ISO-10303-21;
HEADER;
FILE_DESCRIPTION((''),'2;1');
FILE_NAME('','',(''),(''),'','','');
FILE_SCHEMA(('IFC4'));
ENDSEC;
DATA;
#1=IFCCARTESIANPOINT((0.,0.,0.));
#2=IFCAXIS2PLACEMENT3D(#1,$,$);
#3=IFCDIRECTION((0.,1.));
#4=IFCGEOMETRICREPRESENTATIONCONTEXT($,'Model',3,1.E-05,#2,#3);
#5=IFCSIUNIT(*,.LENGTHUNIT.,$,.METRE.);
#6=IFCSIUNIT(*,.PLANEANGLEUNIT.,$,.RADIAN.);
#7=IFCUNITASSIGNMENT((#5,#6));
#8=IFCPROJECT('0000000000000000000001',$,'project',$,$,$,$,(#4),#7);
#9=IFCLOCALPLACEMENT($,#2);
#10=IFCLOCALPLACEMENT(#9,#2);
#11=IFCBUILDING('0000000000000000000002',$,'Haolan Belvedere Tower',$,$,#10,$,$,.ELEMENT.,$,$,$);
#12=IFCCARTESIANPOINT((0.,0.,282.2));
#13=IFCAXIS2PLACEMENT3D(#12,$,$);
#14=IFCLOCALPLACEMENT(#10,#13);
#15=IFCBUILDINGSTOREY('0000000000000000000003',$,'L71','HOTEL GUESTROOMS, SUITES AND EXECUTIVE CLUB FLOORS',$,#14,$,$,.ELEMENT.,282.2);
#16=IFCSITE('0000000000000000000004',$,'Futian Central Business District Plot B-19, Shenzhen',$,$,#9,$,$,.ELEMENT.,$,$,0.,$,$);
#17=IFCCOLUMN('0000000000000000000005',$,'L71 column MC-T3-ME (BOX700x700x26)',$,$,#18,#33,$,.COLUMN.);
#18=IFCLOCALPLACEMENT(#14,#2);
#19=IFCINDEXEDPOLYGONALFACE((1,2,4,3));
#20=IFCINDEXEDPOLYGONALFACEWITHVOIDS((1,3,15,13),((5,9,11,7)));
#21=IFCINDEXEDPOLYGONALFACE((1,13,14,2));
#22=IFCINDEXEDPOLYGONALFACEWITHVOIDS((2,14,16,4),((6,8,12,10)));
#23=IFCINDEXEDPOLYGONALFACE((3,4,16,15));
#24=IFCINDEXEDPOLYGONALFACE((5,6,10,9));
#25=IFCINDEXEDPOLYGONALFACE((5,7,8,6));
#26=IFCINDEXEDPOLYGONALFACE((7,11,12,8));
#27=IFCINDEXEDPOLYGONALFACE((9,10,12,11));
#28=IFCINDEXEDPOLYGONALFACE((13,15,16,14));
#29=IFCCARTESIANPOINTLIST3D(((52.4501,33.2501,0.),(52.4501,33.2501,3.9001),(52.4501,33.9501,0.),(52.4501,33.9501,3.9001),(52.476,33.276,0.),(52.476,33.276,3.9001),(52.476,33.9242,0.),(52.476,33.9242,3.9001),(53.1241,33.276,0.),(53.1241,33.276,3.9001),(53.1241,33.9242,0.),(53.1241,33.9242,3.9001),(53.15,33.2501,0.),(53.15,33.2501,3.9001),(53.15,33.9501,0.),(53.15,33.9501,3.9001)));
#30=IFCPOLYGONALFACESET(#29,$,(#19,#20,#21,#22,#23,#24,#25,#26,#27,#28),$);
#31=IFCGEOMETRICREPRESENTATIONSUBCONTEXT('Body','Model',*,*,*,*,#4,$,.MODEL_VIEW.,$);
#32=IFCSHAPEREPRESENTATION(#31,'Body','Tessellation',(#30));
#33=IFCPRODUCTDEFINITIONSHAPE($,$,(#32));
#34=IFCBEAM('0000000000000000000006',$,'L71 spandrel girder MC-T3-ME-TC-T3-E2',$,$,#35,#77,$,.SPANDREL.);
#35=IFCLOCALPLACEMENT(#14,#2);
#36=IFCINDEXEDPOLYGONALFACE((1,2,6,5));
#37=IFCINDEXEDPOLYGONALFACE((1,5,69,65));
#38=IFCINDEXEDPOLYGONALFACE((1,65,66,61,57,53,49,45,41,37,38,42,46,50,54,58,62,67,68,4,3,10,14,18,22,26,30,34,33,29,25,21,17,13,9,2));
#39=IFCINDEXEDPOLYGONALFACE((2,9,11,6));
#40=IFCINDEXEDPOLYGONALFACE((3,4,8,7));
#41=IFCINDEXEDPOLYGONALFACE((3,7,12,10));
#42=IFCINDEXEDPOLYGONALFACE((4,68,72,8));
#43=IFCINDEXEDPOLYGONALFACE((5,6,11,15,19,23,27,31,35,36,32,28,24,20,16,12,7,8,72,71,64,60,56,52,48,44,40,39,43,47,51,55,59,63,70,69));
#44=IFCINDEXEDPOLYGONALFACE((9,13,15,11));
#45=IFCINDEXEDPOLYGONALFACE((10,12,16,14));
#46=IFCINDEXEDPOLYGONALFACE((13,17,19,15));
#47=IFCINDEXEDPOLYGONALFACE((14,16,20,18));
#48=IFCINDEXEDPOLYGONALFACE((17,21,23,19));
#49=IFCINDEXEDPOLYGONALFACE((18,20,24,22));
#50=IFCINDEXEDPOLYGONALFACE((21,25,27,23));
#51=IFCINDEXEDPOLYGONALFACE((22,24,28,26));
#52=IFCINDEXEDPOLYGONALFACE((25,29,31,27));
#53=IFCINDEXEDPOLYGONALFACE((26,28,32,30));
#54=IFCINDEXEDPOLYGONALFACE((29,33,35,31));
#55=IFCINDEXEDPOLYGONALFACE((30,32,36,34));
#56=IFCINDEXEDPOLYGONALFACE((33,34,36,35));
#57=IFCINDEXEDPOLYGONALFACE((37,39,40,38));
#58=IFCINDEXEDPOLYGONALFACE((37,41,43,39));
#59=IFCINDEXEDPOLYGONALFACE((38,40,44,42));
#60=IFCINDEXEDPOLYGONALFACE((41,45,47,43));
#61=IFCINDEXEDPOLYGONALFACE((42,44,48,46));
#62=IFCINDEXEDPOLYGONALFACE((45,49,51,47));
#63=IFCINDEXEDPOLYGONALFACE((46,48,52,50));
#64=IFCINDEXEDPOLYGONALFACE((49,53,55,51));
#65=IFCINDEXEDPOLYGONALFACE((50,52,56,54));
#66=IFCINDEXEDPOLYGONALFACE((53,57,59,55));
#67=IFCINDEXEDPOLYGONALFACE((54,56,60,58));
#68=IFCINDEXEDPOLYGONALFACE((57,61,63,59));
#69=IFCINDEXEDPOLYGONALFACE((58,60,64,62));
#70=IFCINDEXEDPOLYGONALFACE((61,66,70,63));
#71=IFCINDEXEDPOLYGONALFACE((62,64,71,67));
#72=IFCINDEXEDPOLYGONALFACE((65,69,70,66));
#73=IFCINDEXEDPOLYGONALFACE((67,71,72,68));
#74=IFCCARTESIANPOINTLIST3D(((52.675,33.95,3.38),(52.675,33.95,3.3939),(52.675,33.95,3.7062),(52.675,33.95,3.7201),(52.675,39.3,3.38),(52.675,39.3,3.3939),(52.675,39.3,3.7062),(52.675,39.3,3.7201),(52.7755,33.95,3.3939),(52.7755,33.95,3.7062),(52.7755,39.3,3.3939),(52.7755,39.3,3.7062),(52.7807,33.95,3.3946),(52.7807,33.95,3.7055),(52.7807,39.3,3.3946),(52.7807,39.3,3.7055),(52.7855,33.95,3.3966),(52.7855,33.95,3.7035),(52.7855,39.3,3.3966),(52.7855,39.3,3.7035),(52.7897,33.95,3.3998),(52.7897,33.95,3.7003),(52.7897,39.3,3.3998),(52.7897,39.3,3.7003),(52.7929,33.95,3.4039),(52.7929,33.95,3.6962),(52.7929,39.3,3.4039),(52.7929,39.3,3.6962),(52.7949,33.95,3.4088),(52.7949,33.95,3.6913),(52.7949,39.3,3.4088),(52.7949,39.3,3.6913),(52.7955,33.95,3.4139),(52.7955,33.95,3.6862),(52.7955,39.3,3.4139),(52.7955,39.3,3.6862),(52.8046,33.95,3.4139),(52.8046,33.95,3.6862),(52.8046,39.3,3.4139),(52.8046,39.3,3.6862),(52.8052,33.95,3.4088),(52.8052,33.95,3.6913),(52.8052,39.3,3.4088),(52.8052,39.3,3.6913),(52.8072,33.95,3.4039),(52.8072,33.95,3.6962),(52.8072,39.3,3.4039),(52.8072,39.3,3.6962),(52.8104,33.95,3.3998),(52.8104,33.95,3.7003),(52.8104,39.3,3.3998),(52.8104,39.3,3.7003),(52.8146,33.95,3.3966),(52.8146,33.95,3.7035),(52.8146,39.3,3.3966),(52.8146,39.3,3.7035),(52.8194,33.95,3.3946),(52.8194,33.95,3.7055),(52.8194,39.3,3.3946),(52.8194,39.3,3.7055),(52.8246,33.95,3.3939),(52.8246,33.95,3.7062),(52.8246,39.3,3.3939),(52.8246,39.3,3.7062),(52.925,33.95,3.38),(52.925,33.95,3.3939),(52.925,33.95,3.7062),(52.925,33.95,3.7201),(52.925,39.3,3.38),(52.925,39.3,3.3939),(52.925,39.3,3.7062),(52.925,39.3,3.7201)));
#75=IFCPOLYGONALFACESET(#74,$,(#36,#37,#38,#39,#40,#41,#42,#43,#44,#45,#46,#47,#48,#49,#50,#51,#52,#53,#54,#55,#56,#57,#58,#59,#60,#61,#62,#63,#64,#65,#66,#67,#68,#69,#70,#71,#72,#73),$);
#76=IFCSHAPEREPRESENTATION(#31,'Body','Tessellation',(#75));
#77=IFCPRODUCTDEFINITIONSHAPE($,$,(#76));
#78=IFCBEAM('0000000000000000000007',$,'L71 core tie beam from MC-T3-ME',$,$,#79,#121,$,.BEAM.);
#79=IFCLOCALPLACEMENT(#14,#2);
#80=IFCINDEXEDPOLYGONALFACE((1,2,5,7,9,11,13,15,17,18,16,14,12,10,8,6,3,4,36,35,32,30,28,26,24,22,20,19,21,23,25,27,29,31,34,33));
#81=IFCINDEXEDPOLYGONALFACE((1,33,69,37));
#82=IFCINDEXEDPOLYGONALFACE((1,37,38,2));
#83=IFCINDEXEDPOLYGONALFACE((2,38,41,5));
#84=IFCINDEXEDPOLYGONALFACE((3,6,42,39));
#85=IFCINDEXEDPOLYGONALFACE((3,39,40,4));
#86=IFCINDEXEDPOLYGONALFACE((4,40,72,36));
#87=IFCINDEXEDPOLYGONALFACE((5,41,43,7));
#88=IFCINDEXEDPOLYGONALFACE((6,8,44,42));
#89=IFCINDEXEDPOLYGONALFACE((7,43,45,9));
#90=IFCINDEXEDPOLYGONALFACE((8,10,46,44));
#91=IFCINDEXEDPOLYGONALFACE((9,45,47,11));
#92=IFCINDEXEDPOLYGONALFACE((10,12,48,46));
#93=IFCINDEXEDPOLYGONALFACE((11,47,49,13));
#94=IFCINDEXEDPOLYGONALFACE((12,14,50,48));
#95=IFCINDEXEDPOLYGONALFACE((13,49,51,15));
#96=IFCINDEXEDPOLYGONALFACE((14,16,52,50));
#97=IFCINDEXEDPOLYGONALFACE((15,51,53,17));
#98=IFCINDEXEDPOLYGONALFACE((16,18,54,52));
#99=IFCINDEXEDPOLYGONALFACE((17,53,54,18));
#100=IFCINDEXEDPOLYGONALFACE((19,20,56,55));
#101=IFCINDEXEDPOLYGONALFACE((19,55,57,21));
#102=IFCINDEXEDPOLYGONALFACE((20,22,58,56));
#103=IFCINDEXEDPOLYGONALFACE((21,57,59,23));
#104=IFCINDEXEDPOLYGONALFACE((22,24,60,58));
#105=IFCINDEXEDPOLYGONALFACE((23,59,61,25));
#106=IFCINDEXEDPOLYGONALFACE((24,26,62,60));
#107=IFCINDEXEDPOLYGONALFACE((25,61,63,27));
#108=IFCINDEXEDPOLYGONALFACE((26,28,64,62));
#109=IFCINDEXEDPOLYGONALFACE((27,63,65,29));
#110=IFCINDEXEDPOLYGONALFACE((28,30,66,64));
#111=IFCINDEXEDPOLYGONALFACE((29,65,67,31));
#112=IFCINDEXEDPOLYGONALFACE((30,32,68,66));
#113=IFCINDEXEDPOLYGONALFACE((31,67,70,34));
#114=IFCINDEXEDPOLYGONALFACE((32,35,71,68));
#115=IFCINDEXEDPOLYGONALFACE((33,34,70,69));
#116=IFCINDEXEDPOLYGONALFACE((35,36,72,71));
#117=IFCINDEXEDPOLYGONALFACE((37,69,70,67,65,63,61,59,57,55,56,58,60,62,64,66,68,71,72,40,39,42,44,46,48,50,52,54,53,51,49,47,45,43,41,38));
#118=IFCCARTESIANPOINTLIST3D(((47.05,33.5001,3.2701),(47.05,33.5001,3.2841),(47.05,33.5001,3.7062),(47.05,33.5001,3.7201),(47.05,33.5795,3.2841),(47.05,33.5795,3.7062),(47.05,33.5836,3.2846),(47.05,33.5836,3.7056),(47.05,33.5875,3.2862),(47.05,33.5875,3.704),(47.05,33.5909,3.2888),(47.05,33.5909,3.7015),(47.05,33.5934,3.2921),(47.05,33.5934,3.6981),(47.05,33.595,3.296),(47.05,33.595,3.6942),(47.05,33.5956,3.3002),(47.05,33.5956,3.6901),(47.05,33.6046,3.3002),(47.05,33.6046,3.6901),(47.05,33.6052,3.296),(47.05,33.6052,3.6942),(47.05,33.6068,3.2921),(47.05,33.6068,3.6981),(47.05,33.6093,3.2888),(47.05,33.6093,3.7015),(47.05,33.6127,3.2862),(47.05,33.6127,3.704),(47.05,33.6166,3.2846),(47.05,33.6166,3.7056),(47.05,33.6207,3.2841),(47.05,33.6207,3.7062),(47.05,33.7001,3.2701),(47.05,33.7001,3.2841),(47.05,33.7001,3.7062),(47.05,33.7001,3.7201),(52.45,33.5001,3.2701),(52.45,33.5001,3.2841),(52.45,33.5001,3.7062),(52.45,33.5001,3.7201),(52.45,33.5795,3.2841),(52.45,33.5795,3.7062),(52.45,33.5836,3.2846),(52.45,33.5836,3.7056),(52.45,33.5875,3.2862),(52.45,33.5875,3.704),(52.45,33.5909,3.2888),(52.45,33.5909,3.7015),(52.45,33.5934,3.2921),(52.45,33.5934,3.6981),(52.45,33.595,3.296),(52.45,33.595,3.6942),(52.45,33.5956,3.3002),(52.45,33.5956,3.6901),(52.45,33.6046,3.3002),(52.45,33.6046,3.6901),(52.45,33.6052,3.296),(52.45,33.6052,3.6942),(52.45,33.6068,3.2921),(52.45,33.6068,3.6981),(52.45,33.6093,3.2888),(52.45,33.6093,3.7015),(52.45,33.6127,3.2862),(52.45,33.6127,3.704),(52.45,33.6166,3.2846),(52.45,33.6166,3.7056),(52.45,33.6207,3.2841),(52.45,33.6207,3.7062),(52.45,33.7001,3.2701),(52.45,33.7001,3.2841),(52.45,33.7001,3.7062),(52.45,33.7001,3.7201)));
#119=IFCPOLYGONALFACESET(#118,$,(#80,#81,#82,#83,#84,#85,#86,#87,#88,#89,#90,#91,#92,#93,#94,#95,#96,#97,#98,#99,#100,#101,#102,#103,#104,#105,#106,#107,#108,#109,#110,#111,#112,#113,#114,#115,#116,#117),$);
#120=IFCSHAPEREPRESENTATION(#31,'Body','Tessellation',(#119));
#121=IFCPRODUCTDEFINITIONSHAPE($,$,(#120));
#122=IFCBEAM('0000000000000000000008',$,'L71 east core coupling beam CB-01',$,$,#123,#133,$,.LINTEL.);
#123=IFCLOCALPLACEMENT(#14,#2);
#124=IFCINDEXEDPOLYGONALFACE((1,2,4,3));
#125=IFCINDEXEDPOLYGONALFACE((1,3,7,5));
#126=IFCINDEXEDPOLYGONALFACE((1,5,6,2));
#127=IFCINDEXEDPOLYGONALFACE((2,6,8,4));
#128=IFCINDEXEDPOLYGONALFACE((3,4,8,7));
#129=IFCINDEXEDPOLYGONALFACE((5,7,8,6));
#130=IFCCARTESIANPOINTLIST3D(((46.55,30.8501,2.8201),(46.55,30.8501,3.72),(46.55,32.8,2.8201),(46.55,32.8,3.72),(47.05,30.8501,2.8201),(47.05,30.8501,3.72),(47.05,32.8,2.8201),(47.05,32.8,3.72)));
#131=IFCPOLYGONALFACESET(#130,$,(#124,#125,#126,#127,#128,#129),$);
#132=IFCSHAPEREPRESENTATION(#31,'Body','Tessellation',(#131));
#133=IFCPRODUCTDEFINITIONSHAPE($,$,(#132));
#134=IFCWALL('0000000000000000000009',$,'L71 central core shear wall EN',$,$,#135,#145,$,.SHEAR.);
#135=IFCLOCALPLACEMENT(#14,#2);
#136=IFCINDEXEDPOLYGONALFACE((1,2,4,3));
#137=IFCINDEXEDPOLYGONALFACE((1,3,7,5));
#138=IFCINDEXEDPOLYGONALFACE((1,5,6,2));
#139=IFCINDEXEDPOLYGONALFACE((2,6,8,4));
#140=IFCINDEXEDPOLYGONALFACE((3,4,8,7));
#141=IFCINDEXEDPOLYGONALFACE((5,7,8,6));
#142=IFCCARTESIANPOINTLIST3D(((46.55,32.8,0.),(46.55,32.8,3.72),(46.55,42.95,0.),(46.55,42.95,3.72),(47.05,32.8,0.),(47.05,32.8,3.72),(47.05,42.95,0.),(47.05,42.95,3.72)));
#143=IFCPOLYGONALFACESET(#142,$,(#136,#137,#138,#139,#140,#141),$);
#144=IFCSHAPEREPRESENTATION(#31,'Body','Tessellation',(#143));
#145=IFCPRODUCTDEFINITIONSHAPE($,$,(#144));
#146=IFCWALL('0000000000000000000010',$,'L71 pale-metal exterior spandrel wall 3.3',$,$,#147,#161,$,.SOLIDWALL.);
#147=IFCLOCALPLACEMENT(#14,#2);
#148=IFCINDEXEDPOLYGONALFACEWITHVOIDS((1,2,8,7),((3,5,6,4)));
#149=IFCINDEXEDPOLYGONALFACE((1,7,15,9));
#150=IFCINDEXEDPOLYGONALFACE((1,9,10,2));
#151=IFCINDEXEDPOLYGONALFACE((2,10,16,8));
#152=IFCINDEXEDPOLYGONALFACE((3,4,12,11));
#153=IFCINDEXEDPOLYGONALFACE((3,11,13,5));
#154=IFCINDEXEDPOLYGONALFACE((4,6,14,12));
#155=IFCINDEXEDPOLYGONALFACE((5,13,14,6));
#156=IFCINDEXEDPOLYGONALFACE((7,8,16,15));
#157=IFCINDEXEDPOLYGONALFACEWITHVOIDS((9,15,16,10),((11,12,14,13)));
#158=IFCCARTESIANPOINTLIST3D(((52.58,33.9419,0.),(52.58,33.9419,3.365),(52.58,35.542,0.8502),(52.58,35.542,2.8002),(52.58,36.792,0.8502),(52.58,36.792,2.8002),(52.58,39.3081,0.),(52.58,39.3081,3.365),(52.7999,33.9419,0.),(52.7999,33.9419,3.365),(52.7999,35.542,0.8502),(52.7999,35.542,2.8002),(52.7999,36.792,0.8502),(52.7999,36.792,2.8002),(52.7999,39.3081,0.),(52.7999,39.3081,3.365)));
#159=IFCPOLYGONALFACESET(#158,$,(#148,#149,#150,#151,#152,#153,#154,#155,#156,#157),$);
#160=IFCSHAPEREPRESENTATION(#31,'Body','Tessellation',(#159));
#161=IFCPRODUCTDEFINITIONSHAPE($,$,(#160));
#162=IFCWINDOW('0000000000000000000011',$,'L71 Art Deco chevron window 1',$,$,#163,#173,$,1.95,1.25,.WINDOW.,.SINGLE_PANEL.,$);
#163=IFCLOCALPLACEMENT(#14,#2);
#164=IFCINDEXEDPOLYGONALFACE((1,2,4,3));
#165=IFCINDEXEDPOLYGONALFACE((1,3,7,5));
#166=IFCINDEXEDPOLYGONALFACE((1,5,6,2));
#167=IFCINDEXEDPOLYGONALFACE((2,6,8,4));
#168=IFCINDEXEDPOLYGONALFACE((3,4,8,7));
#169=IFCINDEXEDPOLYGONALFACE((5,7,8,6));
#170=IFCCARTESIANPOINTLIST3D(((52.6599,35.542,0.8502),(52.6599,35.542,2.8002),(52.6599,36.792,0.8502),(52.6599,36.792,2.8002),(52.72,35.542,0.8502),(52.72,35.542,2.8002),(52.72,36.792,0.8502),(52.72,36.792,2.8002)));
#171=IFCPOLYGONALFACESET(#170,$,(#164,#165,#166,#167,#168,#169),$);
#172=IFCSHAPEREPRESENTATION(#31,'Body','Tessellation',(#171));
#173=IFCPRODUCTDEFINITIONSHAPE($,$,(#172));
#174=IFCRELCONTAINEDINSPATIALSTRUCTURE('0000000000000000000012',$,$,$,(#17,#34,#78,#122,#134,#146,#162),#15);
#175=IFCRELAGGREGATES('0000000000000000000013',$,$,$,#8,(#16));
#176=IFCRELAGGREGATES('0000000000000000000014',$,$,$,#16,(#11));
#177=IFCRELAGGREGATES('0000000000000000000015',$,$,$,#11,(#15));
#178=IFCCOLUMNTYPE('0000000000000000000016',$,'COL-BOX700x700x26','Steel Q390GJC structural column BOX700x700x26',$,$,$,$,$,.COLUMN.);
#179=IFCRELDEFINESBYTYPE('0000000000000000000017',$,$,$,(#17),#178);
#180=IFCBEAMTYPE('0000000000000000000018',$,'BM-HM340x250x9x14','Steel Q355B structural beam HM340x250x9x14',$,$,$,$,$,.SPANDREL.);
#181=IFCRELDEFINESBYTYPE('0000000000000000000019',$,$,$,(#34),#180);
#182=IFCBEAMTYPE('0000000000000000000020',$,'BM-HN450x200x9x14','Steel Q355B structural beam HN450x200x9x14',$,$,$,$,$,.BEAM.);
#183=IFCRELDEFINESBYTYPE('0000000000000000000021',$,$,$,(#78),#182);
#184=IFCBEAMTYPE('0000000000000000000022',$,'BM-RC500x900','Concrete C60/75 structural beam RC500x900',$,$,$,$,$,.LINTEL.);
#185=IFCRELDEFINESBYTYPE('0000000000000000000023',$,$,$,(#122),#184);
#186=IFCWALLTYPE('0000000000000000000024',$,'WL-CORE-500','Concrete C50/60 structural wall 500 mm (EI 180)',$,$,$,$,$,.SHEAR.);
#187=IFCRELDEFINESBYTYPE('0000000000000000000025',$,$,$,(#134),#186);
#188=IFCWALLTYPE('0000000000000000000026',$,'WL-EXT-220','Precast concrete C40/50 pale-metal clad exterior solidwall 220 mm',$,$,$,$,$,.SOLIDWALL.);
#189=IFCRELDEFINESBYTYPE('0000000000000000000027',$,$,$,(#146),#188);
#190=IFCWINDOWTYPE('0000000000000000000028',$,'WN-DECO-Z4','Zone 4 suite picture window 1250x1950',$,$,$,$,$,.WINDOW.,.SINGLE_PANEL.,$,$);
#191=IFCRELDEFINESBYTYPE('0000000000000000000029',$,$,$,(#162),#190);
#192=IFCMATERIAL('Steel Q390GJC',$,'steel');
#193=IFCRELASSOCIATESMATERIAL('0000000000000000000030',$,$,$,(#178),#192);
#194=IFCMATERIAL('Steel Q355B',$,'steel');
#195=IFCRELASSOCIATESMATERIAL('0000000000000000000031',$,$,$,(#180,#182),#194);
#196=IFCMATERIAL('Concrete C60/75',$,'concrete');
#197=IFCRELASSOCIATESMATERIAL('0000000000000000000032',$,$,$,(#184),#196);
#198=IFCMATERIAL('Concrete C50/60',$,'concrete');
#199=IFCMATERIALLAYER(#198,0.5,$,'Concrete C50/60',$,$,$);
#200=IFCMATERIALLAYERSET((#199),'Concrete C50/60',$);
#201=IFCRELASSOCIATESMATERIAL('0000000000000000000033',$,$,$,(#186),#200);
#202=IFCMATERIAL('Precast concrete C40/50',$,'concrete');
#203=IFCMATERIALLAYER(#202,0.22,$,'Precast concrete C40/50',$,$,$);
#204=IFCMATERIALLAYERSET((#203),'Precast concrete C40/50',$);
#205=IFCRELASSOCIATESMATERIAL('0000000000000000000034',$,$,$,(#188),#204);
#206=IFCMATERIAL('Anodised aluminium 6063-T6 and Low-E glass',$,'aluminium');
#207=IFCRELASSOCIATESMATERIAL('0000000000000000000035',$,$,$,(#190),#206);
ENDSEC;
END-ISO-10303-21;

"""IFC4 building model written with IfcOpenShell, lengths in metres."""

from ifc_helpers import new_model, si_unit, direction, frame, frame_2d, origin, origin_2d, place, context, subcontext, project, spatial, rectangle, hollow_rectangle, i_section, extrude, material, layer, layer_set, material_profile, profile_set, type_object, element, fill, save


model = new_model("IFC4")

# Units and contexts
model_context = context("Model", 3, precision=1e-05, world=origin(), true_north=direction((0.0, 1.0)))
body_context = subcontext(model_context, "Body", "Model", "MODEL_VIEW")
ifc_project = project(units=[si_unit("LENGTHUNIT", "METRE"), si_unit("PLANEANGLEUNIT", "RADIAN")], contexts=[model_context])

# Site, building, storey
site_placement = place(None, origin())
site = spatial("IfcSite", under=ifc_project, at=site_placement, Name="Futian Central Business District Plot B-19, Shenzhen", CompositionType="ELEMENT", RefElevation=0.0)
building_placement = place(site_placement, origin())
building = spatial("IfcBuilding", under=site, at=building_placement, Name="Haolan Belvedere Tower", CompositionType="ELEMENT")
storey_placement = place(building_placement, frame((0.0, 0.0, 282.2)))
storey = spatial("IfcBuildingStorey", under=building, at=storey_placement, Name="L71", Description="HOTEL GUESTROOMS, SUITES AND EXECUTIVE CLUB FLOORS", CompositionType="ELEMENT", Elevation=282.2)

# Column
ifc_material_1 = material(Name="Steel Q390GJC", Category="steel")
ifc_material_profile_1 = material_profile(ifc_material_1, hollow_rectangle(XDim=0.7, YDim=0.7, WallThickness=0.0259, at=origin_2d()), Name="Steel Q390GJC")
ifc_profile_set_1 = profile_set([ifc_material_profile_1], Name="Steel Q390GJC")
column_type = type_object("IfcColumnType", Name="COL-BOX700x700x26", Description="Steel Q390GJC structural column BOX700x700x26", PredefinedType="COLUMN", material=ifc_profile_set_1)
column_placement = place(storey_placement, frame((52.8, 33.6001, 0.0), z_axis=(0.0, 0.0, 1.0), x_axis=(1.0, 0.0, 0.0)))
element("IfcColumn", 1, at=column_placement, inside=storey, type_object=column_type, Name="L71 column MC-T3-ME (BOX700x700x26)", PredefinedType="COLUMN", context=body_context, shape_type="SweptSolid", body=[
    extrude(hollow_rectangle(XDim=0.7, YDim=0.7, WallThickness=0.0259, at=origin_2d()), origin(), (0.0, 0.0, 1.0), 3.9001),
])

# Beams
ifc_material_2 = material(Name="Steel Q355B", Category="steel")
ifc_material_profile_2 = material_profile(ifc_material_2, i_section(OverallWidth=0.25, OverallDepth=0.3401, WebThickness=0.009, FlangeThickness=0.0139, FilletRadius=0.02, at=origin_2d()), Name="Steel Q355B")
ifc_profile_set_2 = profile_set([ifc_material_profile_2], Name="Steel Q355B")
beam_type_1 = type_object("IfcBeamType", Name="BM-HM340x250x9x14", Description="Steel Q355B structural beam HM340x250x9x14", PredefinedType="SPANDREL", material=ifc_profile_set_2)
beam_1_placement = place(storey_placement, frame((52.8, 33.95, 3.55), z_axis=(0.0, 1.0, 0.0), x_axis=(-1.0, 0.0, 0.0)))
element("IfcBeam", 2, at=beam_1_placement, inside=storey, type_object=beam_type_1, Name="L71 spandrel girder MC-T3-ME-TC-T3-E2", PredefinedType="SPANDREL", context=body_context, shape_type="SweptSolid", body=[
    extrude(i_section(OverallWidth=0.25, OverallDepth=0.3401, WebThickness=0.009, FlangeThickness=0.0139, FilletRadius=0.02, at=origin_2d()), origin(), (0.0, 0.0, 1.0), 5.3501),
])
ifc_material_profile_3 = material_profile(ifc_material_2, i_section(OverallWidth=0.2, OverallDepth=0.45, WebThickness=0.009, FlangeThickness=0.0139, FilletRadius=0.0161, at=origin_2d()), Name="Steel Q355B")
ifc_profile_set_3 = profile_set([ifc_material_profile_3], Name="Steel Q355B")
beam_type_2 = type_object("IfcBeamType", Name="BM-HN450x200x9x14", Description="Steel Q355B structural beam HN450x200x9x14", PredefinedType="BEAM", material=ifc_profile_set_3)
beam_2_placement = place(storey_placement, frame((52.45, 33.6001, 3.4951), z_axis=(-1.0, 0.0, 0.0), x_axis=(0.0, -1.0, 0.0)))
element("IfcBeam", 3, at=beam_2_placement, inside=storey, type_object=beam_type_2, Name="L71 core tie beam from MC-T3-ME", PredefinedType="BEAM", context=body_context, shape_type="SweptSolid", body=[
    extrude(i_section(OverallWidth=0.2, OverallDepth=0.45, WebThickness=0.009, FlangeThickness=0.0139, FilletRadius=0.0161, at=origin_2d()), origin(), (0.0, 0.0, 1.0), 5.3999),
])
ifc_material_3 = material(Name="Concrete C60/75", Category="concrete")
ifc_material_profile_4 = material_profile(ifc_material_3, rectangle(XDim=0.5, YDim=0.8999, at=origin_2d()), Name="Concrete C60/75")
ifc_profile_set_4 = profile_set([ifc_material_profile_4], Name="Concrete C60/75")
beam_type_3 = type_object("IfcBeamType", Name="BM-RC500x900", Description="Concrete C60/75 structural beam RC500x900", PredefinedType="LINTEL", material=ifc_profile_set_4)
beam_3_placement = place(storey_placement, frame((46.8, 30.8501, 3.27), z_axis=(0.0, 1.0, 0.0), x_axis=(-1.0, 0.0, 0.0)))
element("IfcBeam", 4, at=beam_3_placement, inside=storey, type_object=beam_type_3, Name="L71 east core coupling beam CB-01", PredefinedType="LINTEL", context=body_context, shape_type="SweptSolid", body=[
    extrude(rectangle(XDim=0.5, YDim=0.8999, at=origin_2d()), origin(), (0.0, 0.0, 1.0), 1.95),
])

# Wall
ifc_material_4 = material(Name="Concrete C50/60", Category="concrete")
ifc_layer_1 = layer(ifc_material_4, 0.5, Name="Concrete C50/60")
ifc_layer_set_1 = layer_set([ifc_layer_1], Name="Concrete C50/60")
wall_type_1 = type_object("IfcWallType", Name="WL-CORE-500", Description="Concrete C50/60 structural wall 500 mm (EI 180)", PredefinedType="SHEAR", material=ifc_layer_set_1)
wall_1_placement = place(storey_placement, frame((46.8, 32.8, 0.0), z_axis=(0.0, 0.0, 1.0), x_axis=(0.0, 1.0, 0.0)))
element("IfcWall", 5, at=wall_1_placement, inside=storey, type_object=wall_type_1, Name="L71 central core shear wall EN", PredefinedType="SHEAR", context=body_context, shape_type="SweptSolid", body=[
    extrude(rectangle(XDim=10.1499, YDim=0.5, at=frame_2d((5.075, 0.0))), origin(), (0.0, 0.0, 1.0), 3.72),
])

# Wall, opening, window
ifc_material_5 = material(Name="Precast concrete C40/50", Category="concrete")
ifc_layer_2 = layer(ifc_material_5, 0.22, Name="Precast concrete C40/50")
ifc_layer_set_2 = layer_set([ifc_layer_2], Name="Precast concrete C40/50")
wall_type_2 = type_object("IfcWallType", Name="WL-EXT-220", Description="Precast concrete C40/50 pale-metal clad exterior solidwall 220 mm", PredefinedType="SOLIDWALL", material=ifc_layer_set_2)
wall_2_placement = place(storey_placement, frame((52.6899, 33.9419, 0.0), z_axis=(0.0, 0.0, 1.0), x_axis=(0.0, 1.0, 0.0)))
wall_2 = element("IfcWall", 6, at=wall_2_placement, inside=storey, type_object=wall_type_2, Name="L71 pale-metal exterior spandrel wall 3.3", PredefinedType="SOLIDWALL", context=body_context, shape_type="SweptSolid", body=[
    extrude(rectangle(XDim=5.3662, YDim=0.22, at=frame_2d((2.6831, 0.0))), origin(), (0.0, 0.0, 1.0), 3.365),
])
opening_1_placement = place(wall_2_placement, frame((1.6001, 0.0, 0.8501)))
opening_1 = element("IfcOpeningElement", 7, at=opening_1_placement, cuts=wall_2, PredefinedType="OPENING", context=body_context, shape_type="SweptSolid", body=[
    extrude(rectangle(XDim=1.25, YDim=1.95, at=frame_2d((0.625, 0.9751))), frame((0.0, 0.1199, 0.0), z_axis=(0.0, -1.0, 0.0), x_axis=(1.0, 0.0, 0.0)), (0.0, 0.0, 1.0), 0.24),
])
ifc_material_6 = material(Name="Anodised aluminium 6063-T6 and Low-E glass", Category="aluminium")
window_type = type_object("IfcWindowType", Name="WN-DECO-Z4", Description="Zone 4 suite picture window 1250x1950", PartitioningType="SINGLE_PANEL", PredefinedType="WINDOW", material=ifc_material_6)
window_placement = place(opening_1_placement, origin())
window = element("IfcWindow", 8, at=window_placement, inside=storey, type_object=window_type, Name="L71 Art Deco chevron window 1", OverallHeight=1.95, OverallWidth=1.25, PartitioningType="SINGLE_PANEL", PredefinedType="WINDOW", context=body_context, shape_type="SweptSolid", body=[
    extrude(rectangle(XDim=1.25, YDim=1.95, at=frame_2d((0.625, 0.9751))), frame((0.0, 0.03, 0.0), z_axis=(0.0, -1.0, 0.0), x_axis=(1.0, 0.0, 0.0)), (0.0, 0.0, 1.0), 0.0601),
])
fill(opening_1, window)

save(model, "model.ifc")
